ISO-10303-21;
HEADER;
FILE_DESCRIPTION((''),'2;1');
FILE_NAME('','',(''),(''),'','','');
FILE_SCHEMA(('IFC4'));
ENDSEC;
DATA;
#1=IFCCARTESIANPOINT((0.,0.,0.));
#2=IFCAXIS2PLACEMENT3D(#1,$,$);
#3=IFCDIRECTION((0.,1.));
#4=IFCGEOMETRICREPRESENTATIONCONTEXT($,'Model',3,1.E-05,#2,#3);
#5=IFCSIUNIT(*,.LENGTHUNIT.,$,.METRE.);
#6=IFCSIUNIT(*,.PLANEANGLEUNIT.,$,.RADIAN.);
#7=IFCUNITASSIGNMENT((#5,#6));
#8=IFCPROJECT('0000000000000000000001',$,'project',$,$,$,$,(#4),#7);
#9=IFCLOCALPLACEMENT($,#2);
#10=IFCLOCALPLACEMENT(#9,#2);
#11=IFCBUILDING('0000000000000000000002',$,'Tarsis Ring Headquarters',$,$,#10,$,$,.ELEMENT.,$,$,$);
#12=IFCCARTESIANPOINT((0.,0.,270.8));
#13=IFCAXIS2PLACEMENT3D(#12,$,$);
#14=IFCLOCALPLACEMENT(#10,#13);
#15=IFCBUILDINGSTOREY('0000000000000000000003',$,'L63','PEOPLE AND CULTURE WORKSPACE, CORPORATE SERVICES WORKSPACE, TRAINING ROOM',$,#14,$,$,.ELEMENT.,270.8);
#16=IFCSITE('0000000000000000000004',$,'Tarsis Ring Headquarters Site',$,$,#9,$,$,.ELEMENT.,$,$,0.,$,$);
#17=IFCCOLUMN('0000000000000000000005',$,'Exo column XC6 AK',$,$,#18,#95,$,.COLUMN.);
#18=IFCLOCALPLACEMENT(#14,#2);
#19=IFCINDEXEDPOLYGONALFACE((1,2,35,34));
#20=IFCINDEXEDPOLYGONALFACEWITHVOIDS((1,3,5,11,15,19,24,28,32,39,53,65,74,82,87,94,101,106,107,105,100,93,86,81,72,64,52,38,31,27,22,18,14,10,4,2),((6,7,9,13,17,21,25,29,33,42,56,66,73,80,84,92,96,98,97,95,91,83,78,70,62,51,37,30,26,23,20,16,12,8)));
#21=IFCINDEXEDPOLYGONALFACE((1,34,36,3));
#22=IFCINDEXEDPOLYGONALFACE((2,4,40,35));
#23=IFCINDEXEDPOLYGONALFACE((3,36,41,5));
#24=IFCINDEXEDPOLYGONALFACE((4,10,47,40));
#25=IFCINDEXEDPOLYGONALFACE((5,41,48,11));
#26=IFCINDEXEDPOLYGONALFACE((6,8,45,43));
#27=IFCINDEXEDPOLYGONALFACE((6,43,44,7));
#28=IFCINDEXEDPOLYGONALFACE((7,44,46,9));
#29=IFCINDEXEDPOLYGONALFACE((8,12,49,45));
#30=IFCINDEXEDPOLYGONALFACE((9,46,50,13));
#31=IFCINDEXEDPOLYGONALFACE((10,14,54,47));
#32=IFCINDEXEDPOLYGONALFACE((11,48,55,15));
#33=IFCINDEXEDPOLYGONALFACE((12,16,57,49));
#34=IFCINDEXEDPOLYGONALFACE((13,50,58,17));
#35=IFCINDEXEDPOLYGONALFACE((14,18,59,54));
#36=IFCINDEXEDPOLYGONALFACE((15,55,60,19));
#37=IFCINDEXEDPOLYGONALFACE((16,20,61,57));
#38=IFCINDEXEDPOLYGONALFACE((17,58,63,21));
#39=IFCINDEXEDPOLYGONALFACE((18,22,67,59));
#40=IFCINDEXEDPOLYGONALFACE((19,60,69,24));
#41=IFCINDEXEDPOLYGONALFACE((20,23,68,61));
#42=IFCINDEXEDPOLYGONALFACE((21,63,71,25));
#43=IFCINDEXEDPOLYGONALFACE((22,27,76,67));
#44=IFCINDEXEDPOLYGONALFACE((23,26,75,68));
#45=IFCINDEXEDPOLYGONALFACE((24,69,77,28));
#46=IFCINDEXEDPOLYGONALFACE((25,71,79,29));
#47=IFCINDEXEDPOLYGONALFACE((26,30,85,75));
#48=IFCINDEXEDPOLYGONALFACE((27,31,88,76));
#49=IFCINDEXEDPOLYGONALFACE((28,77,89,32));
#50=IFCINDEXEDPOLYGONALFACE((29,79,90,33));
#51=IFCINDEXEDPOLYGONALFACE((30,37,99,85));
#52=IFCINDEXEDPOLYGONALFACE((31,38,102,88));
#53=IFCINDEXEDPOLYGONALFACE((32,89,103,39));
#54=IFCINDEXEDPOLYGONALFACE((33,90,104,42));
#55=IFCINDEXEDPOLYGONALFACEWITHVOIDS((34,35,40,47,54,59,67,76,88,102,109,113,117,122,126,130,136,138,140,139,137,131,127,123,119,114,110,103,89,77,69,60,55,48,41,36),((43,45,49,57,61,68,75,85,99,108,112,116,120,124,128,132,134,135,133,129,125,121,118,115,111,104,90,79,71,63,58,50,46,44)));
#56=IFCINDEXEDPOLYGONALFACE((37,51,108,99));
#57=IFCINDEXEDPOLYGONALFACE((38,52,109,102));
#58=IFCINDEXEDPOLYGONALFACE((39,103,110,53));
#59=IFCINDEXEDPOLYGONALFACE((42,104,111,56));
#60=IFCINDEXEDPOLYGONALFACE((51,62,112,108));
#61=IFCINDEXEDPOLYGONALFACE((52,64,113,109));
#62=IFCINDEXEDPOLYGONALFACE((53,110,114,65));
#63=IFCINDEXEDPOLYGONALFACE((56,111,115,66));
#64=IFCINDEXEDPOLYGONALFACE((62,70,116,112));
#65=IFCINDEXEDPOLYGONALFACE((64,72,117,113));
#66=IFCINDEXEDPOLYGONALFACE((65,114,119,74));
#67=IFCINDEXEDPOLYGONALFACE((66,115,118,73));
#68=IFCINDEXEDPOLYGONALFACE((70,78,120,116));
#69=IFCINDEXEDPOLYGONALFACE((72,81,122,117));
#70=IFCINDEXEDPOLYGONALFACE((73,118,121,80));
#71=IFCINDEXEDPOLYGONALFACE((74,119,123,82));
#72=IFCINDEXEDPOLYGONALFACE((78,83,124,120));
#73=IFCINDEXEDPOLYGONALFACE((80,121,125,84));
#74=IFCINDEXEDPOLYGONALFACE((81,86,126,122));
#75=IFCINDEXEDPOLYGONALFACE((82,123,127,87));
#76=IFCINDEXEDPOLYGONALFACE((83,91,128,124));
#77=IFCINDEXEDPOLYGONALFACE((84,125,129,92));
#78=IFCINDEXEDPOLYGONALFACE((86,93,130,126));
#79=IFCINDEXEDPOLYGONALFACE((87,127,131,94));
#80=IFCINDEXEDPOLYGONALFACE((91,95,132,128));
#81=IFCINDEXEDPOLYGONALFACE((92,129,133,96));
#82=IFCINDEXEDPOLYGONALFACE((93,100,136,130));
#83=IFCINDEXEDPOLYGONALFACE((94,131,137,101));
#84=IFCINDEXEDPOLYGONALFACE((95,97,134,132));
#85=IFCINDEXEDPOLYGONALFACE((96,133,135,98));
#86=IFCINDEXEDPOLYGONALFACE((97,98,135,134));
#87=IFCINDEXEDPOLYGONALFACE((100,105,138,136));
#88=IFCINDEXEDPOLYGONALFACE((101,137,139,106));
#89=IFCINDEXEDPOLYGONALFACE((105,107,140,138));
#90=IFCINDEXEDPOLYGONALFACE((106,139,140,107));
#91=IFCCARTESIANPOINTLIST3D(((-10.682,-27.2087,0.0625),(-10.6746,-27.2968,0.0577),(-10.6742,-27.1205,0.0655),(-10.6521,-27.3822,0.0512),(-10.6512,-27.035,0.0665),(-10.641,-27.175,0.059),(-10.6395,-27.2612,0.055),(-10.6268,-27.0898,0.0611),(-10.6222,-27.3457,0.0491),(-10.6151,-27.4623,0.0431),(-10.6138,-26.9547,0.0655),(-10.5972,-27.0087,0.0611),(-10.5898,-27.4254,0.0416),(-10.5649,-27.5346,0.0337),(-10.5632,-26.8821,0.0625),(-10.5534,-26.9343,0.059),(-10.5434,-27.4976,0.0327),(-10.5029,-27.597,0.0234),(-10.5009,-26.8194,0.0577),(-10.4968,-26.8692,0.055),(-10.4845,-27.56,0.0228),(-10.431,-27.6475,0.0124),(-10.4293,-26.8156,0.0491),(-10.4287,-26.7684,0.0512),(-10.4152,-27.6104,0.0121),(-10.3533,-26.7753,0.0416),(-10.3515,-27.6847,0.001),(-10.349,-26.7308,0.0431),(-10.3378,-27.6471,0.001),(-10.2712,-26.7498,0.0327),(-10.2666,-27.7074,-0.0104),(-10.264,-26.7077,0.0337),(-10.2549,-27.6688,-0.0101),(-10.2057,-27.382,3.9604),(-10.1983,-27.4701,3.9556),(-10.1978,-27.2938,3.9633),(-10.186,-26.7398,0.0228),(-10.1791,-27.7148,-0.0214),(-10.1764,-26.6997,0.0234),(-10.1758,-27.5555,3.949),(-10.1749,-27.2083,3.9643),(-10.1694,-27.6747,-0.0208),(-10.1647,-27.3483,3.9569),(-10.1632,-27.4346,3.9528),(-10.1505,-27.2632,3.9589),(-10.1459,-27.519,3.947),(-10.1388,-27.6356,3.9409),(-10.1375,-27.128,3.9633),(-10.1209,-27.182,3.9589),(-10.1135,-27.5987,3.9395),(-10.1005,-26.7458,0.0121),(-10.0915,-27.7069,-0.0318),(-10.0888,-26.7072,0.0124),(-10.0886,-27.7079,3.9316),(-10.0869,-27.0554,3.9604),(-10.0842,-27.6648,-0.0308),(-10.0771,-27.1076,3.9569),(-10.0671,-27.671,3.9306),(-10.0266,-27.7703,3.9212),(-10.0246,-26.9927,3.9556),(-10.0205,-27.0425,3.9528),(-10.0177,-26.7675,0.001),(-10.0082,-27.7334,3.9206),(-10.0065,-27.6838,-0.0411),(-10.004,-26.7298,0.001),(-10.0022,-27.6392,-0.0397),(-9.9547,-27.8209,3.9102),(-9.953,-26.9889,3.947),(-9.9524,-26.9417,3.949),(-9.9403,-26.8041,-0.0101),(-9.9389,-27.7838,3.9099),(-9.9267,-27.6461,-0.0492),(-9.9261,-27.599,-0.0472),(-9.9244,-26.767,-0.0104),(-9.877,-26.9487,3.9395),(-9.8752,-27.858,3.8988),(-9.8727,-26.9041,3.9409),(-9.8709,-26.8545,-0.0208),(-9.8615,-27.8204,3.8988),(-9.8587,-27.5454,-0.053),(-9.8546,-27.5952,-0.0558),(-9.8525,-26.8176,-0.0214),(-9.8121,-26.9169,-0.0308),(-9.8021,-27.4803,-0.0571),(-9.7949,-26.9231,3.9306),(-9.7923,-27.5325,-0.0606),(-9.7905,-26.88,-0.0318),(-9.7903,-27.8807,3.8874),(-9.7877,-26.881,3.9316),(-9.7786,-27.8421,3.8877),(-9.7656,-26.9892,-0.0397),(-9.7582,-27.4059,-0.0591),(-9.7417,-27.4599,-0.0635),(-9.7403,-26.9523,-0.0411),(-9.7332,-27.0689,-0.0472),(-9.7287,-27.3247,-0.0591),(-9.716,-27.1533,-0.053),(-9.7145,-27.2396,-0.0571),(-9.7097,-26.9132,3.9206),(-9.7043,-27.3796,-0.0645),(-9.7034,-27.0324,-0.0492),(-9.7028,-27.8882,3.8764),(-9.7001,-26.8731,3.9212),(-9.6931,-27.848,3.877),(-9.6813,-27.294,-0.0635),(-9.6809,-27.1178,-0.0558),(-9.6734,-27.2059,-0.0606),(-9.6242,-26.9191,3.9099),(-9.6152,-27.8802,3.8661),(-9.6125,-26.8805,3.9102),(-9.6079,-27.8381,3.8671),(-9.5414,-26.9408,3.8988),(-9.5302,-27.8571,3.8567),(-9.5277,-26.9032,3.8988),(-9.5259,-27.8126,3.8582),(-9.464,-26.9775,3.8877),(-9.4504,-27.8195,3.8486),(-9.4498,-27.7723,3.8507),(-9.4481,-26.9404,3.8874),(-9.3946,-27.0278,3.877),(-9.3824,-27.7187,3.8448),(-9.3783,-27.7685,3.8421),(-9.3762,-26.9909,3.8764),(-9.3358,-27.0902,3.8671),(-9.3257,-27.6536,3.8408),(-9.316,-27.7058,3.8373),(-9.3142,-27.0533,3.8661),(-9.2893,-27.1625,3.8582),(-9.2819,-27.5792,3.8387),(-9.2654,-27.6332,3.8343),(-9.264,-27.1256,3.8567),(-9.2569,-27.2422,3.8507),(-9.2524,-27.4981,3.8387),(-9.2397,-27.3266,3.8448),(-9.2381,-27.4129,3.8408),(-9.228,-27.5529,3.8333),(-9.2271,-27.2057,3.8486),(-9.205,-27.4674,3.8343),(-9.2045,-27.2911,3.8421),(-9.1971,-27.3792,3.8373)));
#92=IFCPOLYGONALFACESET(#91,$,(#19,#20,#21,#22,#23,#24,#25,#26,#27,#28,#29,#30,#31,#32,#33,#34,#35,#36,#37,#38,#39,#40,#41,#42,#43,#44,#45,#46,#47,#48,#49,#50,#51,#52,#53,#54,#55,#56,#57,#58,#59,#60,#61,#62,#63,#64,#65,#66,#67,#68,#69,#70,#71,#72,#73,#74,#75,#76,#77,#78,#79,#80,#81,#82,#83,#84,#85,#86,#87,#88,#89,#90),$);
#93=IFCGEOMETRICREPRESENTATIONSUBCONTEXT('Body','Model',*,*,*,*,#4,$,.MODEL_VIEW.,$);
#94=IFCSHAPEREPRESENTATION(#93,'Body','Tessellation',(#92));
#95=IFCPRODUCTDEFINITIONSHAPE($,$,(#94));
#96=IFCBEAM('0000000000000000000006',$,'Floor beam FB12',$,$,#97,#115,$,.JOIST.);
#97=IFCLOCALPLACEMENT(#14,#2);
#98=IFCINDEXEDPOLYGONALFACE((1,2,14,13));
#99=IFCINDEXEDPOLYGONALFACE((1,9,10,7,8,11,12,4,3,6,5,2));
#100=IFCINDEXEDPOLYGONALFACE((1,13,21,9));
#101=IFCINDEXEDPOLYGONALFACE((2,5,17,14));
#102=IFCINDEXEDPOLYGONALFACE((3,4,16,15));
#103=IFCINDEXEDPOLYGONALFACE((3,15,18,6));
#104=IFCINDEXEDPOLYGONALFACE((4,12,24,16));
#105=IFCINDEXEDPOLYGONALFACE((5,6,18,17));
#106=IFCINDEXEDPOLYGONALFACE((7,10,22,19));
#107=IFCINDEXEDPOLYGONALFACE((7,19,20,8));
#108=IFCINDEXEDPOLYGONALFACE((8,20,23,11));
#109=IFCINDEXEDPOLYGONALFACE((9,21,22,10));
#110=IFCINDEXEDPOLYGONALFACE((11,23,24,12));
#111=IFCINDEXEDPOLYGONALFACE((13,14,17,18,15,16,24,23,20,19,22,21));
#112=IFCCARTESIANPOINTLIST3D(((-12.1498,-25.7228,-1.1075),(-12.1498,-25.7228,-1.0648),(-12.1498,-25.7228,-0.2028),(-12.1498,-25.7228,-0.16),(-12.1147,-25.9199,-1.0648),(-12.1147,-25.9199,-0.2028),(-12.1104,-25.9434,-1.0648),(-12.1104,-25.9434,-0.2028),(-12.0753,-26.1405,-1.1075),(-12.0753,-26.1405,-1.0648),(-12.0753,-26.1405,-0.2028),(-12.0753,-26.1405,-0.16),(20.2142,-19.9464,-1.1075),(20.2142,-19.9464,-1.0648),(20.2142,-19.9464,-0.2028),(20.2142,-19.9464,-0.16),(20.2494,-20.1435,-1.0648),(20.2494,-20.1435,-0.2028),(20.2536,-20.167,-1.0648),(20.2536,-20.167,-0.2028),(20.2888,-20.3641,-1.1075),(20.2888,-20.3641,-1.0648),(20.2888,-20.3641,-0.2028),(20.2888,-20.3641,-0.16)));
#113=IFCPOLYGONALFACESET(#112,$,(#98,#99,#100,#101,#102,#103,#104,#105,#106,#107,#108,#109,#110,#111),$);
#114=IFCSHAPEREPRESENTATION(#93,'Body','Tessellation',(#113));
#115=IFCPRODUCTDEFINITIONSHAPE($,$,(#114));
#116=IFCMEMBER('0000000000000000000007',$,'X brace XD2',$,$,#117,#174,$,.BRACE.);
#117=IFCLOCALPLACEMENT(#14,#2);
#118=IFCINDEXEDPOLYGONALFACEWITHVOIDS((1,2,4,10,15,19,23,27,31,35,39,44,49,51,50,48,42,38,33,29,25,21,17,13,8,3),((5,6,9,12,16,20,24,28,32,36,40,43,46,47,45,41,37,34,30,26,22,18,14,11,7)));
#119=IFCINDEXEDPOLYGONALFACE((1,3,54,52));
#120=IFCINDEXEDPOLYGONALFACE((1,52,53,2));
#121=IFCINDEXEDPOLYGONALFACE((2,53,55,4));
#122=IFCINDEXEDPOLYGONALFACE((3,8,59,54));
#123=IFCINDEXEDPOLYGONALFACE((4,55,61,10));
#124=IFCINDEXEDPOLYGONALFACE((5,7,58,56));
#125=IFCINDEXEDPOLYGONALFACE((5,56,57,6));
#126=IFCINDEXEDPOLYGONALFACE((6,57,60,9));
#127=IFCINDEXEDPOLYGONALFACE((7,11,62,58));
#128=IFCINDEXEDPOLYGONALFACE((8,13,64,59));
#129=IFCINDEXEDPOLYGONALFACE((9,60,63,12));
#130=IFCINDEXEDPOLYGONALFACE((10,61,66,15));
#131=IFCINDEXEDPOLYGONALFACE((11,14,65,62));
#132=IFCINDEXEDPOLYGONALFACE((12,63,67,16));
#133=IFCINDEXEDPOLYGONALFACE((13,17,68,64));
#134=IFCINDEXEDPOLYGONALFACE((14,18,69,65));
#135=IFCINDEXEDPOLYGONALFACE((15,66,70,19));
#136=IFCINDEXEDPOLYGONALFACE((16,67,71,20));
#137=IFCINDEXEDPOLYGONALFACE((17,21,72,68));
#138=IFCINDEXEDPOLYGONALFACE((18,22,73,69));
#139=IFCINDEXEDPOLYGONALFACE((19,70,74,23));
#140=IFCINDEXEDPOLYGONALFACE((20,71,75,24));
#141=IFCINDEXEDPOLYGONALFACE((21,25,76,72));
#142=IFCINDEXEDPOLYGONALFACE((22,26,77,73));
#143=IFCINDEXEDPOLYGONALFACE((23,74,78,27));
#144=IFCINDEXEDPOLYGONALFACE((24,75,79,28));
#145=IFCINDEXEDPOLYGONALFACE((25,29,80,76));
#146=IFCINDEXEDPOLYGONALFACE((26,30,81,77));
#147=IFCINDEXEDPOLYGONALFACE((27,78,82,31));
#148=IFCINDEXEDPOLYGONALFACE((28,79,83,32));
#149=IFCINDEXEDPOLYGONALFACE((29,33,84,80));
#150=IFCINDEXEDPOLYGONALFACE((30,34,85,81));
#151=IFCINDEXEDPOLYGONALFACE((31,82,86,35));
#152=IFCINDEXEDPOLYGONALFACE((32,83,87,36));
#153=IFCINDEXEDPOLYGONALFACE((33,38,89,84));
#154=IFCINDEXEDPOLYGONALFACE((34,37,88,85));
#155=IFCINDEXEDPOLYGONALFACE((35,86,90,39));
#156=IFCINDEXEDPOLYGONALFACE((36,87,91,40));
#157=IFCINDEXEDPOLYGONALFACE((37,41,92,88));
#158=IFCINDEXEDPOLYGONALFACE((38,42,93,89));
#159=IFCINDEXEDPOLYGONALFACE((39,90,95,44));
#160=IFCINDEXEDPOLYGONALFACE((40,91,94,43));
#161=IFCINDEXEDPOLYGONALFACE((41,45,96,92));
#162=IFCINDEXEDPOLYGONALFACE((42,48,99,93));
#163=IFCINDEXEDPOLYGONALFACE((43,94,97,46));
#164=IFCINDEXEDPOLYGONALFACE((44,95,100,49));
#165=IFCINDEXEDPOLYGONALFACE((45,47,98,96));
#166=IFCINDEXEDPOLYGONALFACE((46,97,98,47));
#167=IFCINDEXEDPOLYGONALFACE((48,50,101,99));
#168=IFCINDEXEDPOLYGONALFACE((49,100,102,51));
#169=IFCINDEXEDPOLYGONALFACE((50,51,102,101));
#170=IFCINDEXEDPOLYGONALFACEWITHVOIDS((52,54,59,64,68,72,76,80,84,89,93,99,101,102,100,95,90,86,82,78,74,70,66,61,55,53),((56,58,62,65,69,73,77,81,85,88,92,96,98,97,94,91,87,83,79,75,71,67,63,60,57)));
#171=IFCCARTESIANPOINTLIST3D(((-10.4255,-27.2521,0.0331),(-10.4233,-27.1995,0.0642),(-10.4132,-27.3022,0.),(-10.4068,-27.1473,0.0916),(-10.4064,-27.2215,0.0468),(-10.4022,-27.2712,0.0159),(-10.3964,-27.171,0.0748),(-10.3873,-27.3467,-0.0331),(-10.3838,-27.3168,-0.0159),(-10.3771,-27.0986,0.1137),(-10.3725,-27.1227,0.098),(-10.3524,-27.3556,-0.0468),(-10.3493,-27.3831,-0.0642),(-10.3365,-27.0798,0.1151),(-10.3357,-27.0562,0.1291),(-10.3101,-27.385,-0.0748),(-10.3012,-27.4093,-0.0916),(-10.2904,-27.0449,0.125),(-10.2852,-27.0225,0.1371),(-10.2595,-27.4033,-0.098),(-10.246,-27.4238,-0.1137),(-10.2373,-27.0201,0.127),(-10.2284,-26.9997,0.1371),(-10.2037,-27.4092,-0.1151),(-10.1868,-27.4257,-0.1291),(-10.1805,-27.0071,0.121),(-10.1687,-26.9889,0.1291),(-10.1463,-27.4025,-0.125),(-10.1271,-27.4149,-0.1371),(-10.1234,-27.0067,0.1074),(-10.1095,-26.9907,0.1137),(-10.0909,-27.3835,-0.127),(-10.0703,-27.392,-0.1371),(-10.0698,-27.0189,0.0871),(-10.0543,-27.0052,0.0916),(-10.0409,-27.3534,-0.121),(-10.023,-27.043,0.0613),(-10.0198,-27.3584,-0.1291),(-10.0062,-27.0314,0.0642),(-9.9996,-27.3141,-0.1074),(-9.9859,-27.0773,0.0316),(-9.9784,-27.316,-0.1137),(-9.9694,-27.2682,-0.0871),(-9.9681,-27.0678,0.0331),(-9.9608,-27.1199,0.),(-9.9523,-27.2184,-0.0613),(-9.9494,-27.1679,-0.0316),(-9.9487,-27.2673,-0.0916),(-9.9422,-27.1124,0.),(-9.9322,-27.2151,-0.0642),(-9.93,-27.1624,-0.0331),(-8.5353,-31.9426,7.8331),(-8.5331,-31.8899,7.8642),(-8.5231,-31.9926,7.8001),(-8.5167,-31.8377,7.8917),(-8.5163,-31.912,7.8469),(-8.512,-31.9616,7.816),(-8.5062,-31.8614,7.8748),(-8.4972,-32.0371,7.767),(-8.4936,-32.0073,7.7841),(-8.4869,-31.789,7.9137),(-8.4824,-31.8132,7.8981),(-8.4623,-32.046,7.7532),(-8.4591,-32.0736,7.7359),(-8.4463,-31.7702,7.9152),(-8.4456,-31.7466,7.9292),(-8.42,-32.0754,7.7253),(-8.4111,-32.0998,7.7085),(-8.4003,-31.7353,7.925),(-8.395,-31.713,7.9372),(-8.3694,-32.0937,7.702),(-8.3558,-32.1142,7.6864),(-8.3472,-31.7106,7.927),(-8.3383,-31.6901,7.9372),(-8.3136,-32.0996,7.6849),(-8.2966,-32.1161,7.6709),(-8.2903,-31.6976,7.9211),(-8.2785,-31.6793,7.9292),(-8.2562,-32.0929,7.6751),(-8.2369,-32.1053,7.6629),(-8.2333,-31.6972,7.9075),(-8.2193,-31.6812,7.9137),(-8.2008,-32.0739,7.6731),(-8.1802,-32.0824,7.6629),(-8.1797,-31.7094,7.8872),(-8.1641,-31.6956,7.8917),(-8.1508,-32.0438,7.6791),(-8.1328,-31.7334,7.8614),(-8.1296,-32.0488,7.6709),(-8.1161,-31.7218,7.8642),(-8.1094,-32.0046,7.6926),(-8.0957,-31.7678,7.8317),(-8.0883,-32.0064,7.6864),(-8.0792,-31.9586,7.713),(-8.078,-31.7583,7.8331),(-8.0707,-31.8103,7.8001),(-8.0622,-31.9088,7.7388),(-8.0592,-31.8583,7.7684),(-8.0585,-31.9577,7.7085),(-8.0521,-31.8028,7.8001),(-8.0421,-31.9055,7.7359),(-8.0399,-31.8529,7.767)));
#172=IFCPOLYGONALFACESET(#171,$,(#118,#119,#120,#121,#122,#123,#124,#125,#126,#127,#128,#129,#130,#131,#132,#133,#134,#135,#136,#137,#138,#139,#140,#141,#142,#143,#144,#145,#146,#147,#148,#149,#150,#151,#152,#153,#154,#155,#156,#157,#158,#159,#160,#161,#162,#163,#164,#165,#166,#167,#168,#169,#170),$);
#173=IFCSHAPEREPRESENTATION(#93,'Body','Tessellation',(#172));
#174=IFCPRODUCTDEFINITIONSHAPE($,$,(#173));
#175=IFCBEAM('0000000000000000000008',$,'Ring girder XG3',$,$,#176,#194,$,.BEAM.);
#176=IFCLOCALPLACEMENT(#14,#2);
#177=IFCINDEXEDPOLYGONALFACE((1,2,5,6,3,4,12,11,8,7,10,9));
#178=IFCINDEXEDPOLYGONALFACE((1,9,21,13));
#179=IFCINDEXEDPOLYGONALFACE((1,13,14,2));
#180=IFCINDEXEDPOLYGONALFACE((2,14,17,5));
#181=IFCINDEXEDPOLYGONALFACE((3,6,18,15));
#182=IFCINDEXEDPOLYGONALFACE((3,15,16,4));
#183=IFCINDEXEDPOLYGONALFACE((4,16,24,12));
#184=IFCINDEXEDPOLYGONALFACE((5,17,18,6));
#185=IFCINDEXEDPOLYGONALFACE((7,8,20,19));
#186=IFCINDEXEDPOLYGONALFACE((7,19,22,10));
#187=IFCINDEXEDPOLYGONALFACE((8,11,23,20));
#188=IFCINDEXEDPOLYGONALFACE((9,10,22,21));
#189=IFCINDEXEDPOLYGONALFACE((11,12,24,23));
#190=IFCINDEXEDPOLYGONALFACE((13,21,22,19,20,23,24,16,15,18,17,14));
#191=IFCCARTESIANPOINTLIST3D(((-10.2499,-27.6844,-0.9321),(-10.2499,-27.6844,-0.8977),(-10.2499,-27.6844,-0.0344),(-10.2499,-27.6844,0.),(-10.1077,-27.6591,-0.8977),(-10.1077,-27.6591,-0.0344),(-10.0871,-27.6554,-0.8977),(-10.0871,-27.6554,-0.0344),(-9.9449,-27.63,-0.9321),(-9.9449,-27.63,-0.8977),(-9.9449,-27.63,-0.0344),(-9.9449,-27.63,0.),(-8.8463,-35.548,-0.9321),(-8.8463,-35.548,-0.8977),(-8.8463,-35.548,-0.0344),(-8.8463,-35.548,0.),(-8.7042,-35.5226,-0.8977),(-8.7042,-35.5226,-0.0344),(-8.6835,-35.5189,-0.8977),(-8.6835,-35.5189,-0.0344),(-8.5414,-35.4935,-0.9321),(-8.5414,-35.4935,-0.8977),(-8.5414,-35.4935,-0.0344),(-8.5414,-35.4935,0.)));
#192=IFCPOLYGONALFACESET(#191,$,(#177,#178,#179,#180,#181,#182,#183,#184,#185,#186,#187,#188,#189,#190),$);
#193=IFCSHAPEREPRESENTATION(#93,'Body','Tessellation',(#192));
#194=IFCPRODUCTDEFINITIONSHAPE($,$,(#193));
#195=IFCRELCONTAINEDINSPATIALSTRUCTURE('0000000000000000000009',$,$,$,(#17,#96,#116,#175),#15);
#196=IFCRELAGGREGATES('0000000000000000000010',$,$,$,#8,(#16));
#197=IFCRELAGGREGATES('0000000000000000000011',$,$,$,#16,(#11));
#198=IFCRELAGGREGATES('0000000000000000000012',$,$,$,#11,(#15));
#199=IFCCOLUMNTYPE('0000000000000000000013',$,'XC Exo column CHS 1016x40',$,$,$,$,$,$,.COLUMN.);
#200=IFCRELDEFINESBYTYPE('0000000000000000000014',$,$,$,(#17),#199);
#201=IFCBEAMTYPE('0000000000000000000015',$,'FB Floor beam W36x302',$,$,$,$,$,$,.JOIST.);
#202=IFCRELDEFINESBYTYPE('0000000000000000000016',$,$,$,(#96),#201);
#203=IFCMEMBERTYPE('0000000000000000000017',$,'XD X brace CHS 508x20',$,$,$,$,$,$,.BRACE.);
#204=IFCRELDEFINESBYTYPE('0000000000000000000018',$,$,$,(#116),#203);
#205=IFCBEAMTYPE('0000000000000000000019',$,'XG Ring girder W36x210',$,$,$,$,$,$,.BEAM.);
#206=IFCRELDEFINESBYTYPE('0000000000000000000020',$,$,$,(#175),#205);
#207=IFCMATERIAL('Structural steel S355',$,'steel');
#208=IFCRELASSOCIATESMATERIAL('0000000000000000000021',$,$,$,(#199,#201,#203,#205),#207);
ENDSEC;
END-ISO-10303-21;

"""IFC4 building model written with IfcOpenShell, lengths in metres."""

from ifc_helpers import new_model, si_unit, direction, frame, origin, origin_2d, place, context, subcontext, project, spatial, hollow_circle, i_section, extrude, material, material_profile, profile_set, type_object, element, save


model = new_model("IFC4")

# Units and contexts
model_context = context("Model", 3, precision=1e-05, world=origin(), true_north=direction((0.0, 1.0)))
body_context = subcontext(model_context, "Body", "Model", "MODEL_VIEW")
ifc_project = project(units=[si_unit("LENGTHUNIT", "METRE"), si_unit("PLANEANGLEUNIT", "RADIAN")], contexts=[model_context])

# Site, building, storey
site_placement = place(None, origin())
site = spatial("IfcSite", under=ifc_project, at=site_placement, Name="Tarsis Ring Headquarters Site", CompositionType="ELEMENT", RefElevation=0.0)
building_placement = place(site_placement, origin())
building = spatial("IfcBuilding", under=site, at=building_placement, Name="Tarsis Ring Headquarters", CompositionType="ELEMENT")
storey_placement = place(building_placement, frame((0.0, 0.0, 270.8)))
storey = spatial("IfcBuildingStorey", under=building, at=storey_placement, Name="L63", Description="PEOPLE AND CULTURE WORKSPACE, CORPORATE SERVICES WORKSPACE, TRAINING ROOM", CompositionType="ELEMENT", Elevation=270.8)

# Column
ifc_material_1 = material(Name="Structural steel S355", Category="steel")
ifc_material_profile_1 = material_profile(ifc_material_1, hollow_circle(Radius=0.5081, WallThickness=0.04, at=origin_2d()), Name="CHS 1016x40")
ifc_profile_set_1 = profile_set([ifc_material_profile_1], Name="Structural steel S355")
column_type = type_object("IfcColumnType", Name="XC Exo column CHS 1016x40", PredefinedType="COLUMN", material=ifc_profile_set_1)
column_placement = place(storey_placement, frame((-10.1777, -27.2073, 0.001), z_axis=(0.121177, -0.044098, 0.991651), x_axis=(0.341975, 0.939709, 0.0)))
element("IfcColumn", 1, at=column_placement, inside=storey, type_object=column_type, Name="Exo column XC6 AK", PredefinedType="COLUMN", context=body_context, shape_type="SweptSolid", body=[
    extrude(hollow_circle(Radius=0.5081, WallThickness=0.04, at=origin_2d()), origin(), (0.0, 0.0, 1.0), 3.9307),
])

# Beam
ifc_material_profile_2 = material_profile(ifc_material_1, i_section(OverallWidth=0.4243, OverallDepth=0.9475, WebThickness=0.0239, FlangeThickness=0.0427, at=origin_2d()), Name="W36x302")
ifc_profile_set_2 = profile_set([ifc_material_profile_2], Name="Structural steel S355")
beam_type_1 = type_object("IfcBeamType", Name="FB Floor beam W36x302", PredefinedType="JOIST", material=ifc_profile_set_2)
beam_1_placement = place(storey_placement, frame((-12.1125, -25.9316, -0.6338), z_axis=(0.984443, 0.175705, 0.0), x_axis=(-0.175705, 0.984443, 0.0)))
element("IfcBeam", 2, at=beam_1_placement, inside=storey, type_object=beam_type_1, Name="Floor beam FB12", PredefinedType="JOIST", context=body_context, shape_type="SweptSolid", body=[
    extrude(i_section(OverallWidth=0.4243, OverallDepth=0.9475, WebThickness=0.0239, FlangeThickness=0.0427, at=origin_2d()), origin(), (0.0, 0.0, 1.0), 32.8755),
])

# Member
ifc_material_profile_3 = material_profile(ifc_material_1, hollow_circle(Radius=0.2539, WallThickness=0.02, at=origin_2d()), Name="CHS 508x20")
ifc_profile_set_3 = profile_set([ifc_material_profile_3], Name="Structural steel S355")
member_type = type_object("IfcMemberType", Name="XD X brace CHS 508x20", PredefinedType="BRACE", material=ifc_profile_set_3)
member_placement = place(storey_placement, frame((-10.1777, -27.2073, 0.0), z_axis=(0.20333, -0.50457, 0.839086), x_axis=(0.927521, 0.37377, 0.0)))
element("IfcMember", 3, at=member_placement, inside=storey, type_object=member_type, Name="X brace XD2", PredefinedType="BRACE", context=body_context, shape_type="SweptSolid", body=[
    extrude(hollow_circle(Radius=0.2539, WallThickness=0.02, at=origin_2d()), origin(), (0.0, 0.0, 1.0), 9.2959),
])

# Beam
ifc_material_profile_4 = material_profile(ifc_material_1, i_section(OverallWidth=0.3098, OverallDepth=0.9321, WebThickness=0.021, FlangeThickness=0.0344, at=origin_2d()), Name="W36x210")
ifc_profile_set_4 = profile_set([ifc_material_profile_4], Name="Structural steel S355")
beam_type_2 = type_object("IfcBeamType", Name="XG Ring girder W36x210", PredefinedType="BEAM", material=ifc_profile_set_4)
beam_2_placement = place(storey_placement, frame((-10.0974, -27.6572, -0.4661), z_axis=(0.175713, -0.984441, 0.0), x_axis=(0.984441, 0.175713, 0.0)))
element("IfcBeam", 4, at=beam_2_placement, inside=storey, type_object=beam_type_2, Name="Ring girder XG3", PredefinedType="BEAM", context=body_context, shape_type="SweptSolid", body=[
    extrude(i_section(OverallWidth=0.3098, OverallDepth=0.9321, WebThickness=0.021, FlangeThickness=0.0344, at=origin_2d()), origin(), (0.0, 0.0, 1.0), 7.9878),
])

save(model, "model.ifc")
